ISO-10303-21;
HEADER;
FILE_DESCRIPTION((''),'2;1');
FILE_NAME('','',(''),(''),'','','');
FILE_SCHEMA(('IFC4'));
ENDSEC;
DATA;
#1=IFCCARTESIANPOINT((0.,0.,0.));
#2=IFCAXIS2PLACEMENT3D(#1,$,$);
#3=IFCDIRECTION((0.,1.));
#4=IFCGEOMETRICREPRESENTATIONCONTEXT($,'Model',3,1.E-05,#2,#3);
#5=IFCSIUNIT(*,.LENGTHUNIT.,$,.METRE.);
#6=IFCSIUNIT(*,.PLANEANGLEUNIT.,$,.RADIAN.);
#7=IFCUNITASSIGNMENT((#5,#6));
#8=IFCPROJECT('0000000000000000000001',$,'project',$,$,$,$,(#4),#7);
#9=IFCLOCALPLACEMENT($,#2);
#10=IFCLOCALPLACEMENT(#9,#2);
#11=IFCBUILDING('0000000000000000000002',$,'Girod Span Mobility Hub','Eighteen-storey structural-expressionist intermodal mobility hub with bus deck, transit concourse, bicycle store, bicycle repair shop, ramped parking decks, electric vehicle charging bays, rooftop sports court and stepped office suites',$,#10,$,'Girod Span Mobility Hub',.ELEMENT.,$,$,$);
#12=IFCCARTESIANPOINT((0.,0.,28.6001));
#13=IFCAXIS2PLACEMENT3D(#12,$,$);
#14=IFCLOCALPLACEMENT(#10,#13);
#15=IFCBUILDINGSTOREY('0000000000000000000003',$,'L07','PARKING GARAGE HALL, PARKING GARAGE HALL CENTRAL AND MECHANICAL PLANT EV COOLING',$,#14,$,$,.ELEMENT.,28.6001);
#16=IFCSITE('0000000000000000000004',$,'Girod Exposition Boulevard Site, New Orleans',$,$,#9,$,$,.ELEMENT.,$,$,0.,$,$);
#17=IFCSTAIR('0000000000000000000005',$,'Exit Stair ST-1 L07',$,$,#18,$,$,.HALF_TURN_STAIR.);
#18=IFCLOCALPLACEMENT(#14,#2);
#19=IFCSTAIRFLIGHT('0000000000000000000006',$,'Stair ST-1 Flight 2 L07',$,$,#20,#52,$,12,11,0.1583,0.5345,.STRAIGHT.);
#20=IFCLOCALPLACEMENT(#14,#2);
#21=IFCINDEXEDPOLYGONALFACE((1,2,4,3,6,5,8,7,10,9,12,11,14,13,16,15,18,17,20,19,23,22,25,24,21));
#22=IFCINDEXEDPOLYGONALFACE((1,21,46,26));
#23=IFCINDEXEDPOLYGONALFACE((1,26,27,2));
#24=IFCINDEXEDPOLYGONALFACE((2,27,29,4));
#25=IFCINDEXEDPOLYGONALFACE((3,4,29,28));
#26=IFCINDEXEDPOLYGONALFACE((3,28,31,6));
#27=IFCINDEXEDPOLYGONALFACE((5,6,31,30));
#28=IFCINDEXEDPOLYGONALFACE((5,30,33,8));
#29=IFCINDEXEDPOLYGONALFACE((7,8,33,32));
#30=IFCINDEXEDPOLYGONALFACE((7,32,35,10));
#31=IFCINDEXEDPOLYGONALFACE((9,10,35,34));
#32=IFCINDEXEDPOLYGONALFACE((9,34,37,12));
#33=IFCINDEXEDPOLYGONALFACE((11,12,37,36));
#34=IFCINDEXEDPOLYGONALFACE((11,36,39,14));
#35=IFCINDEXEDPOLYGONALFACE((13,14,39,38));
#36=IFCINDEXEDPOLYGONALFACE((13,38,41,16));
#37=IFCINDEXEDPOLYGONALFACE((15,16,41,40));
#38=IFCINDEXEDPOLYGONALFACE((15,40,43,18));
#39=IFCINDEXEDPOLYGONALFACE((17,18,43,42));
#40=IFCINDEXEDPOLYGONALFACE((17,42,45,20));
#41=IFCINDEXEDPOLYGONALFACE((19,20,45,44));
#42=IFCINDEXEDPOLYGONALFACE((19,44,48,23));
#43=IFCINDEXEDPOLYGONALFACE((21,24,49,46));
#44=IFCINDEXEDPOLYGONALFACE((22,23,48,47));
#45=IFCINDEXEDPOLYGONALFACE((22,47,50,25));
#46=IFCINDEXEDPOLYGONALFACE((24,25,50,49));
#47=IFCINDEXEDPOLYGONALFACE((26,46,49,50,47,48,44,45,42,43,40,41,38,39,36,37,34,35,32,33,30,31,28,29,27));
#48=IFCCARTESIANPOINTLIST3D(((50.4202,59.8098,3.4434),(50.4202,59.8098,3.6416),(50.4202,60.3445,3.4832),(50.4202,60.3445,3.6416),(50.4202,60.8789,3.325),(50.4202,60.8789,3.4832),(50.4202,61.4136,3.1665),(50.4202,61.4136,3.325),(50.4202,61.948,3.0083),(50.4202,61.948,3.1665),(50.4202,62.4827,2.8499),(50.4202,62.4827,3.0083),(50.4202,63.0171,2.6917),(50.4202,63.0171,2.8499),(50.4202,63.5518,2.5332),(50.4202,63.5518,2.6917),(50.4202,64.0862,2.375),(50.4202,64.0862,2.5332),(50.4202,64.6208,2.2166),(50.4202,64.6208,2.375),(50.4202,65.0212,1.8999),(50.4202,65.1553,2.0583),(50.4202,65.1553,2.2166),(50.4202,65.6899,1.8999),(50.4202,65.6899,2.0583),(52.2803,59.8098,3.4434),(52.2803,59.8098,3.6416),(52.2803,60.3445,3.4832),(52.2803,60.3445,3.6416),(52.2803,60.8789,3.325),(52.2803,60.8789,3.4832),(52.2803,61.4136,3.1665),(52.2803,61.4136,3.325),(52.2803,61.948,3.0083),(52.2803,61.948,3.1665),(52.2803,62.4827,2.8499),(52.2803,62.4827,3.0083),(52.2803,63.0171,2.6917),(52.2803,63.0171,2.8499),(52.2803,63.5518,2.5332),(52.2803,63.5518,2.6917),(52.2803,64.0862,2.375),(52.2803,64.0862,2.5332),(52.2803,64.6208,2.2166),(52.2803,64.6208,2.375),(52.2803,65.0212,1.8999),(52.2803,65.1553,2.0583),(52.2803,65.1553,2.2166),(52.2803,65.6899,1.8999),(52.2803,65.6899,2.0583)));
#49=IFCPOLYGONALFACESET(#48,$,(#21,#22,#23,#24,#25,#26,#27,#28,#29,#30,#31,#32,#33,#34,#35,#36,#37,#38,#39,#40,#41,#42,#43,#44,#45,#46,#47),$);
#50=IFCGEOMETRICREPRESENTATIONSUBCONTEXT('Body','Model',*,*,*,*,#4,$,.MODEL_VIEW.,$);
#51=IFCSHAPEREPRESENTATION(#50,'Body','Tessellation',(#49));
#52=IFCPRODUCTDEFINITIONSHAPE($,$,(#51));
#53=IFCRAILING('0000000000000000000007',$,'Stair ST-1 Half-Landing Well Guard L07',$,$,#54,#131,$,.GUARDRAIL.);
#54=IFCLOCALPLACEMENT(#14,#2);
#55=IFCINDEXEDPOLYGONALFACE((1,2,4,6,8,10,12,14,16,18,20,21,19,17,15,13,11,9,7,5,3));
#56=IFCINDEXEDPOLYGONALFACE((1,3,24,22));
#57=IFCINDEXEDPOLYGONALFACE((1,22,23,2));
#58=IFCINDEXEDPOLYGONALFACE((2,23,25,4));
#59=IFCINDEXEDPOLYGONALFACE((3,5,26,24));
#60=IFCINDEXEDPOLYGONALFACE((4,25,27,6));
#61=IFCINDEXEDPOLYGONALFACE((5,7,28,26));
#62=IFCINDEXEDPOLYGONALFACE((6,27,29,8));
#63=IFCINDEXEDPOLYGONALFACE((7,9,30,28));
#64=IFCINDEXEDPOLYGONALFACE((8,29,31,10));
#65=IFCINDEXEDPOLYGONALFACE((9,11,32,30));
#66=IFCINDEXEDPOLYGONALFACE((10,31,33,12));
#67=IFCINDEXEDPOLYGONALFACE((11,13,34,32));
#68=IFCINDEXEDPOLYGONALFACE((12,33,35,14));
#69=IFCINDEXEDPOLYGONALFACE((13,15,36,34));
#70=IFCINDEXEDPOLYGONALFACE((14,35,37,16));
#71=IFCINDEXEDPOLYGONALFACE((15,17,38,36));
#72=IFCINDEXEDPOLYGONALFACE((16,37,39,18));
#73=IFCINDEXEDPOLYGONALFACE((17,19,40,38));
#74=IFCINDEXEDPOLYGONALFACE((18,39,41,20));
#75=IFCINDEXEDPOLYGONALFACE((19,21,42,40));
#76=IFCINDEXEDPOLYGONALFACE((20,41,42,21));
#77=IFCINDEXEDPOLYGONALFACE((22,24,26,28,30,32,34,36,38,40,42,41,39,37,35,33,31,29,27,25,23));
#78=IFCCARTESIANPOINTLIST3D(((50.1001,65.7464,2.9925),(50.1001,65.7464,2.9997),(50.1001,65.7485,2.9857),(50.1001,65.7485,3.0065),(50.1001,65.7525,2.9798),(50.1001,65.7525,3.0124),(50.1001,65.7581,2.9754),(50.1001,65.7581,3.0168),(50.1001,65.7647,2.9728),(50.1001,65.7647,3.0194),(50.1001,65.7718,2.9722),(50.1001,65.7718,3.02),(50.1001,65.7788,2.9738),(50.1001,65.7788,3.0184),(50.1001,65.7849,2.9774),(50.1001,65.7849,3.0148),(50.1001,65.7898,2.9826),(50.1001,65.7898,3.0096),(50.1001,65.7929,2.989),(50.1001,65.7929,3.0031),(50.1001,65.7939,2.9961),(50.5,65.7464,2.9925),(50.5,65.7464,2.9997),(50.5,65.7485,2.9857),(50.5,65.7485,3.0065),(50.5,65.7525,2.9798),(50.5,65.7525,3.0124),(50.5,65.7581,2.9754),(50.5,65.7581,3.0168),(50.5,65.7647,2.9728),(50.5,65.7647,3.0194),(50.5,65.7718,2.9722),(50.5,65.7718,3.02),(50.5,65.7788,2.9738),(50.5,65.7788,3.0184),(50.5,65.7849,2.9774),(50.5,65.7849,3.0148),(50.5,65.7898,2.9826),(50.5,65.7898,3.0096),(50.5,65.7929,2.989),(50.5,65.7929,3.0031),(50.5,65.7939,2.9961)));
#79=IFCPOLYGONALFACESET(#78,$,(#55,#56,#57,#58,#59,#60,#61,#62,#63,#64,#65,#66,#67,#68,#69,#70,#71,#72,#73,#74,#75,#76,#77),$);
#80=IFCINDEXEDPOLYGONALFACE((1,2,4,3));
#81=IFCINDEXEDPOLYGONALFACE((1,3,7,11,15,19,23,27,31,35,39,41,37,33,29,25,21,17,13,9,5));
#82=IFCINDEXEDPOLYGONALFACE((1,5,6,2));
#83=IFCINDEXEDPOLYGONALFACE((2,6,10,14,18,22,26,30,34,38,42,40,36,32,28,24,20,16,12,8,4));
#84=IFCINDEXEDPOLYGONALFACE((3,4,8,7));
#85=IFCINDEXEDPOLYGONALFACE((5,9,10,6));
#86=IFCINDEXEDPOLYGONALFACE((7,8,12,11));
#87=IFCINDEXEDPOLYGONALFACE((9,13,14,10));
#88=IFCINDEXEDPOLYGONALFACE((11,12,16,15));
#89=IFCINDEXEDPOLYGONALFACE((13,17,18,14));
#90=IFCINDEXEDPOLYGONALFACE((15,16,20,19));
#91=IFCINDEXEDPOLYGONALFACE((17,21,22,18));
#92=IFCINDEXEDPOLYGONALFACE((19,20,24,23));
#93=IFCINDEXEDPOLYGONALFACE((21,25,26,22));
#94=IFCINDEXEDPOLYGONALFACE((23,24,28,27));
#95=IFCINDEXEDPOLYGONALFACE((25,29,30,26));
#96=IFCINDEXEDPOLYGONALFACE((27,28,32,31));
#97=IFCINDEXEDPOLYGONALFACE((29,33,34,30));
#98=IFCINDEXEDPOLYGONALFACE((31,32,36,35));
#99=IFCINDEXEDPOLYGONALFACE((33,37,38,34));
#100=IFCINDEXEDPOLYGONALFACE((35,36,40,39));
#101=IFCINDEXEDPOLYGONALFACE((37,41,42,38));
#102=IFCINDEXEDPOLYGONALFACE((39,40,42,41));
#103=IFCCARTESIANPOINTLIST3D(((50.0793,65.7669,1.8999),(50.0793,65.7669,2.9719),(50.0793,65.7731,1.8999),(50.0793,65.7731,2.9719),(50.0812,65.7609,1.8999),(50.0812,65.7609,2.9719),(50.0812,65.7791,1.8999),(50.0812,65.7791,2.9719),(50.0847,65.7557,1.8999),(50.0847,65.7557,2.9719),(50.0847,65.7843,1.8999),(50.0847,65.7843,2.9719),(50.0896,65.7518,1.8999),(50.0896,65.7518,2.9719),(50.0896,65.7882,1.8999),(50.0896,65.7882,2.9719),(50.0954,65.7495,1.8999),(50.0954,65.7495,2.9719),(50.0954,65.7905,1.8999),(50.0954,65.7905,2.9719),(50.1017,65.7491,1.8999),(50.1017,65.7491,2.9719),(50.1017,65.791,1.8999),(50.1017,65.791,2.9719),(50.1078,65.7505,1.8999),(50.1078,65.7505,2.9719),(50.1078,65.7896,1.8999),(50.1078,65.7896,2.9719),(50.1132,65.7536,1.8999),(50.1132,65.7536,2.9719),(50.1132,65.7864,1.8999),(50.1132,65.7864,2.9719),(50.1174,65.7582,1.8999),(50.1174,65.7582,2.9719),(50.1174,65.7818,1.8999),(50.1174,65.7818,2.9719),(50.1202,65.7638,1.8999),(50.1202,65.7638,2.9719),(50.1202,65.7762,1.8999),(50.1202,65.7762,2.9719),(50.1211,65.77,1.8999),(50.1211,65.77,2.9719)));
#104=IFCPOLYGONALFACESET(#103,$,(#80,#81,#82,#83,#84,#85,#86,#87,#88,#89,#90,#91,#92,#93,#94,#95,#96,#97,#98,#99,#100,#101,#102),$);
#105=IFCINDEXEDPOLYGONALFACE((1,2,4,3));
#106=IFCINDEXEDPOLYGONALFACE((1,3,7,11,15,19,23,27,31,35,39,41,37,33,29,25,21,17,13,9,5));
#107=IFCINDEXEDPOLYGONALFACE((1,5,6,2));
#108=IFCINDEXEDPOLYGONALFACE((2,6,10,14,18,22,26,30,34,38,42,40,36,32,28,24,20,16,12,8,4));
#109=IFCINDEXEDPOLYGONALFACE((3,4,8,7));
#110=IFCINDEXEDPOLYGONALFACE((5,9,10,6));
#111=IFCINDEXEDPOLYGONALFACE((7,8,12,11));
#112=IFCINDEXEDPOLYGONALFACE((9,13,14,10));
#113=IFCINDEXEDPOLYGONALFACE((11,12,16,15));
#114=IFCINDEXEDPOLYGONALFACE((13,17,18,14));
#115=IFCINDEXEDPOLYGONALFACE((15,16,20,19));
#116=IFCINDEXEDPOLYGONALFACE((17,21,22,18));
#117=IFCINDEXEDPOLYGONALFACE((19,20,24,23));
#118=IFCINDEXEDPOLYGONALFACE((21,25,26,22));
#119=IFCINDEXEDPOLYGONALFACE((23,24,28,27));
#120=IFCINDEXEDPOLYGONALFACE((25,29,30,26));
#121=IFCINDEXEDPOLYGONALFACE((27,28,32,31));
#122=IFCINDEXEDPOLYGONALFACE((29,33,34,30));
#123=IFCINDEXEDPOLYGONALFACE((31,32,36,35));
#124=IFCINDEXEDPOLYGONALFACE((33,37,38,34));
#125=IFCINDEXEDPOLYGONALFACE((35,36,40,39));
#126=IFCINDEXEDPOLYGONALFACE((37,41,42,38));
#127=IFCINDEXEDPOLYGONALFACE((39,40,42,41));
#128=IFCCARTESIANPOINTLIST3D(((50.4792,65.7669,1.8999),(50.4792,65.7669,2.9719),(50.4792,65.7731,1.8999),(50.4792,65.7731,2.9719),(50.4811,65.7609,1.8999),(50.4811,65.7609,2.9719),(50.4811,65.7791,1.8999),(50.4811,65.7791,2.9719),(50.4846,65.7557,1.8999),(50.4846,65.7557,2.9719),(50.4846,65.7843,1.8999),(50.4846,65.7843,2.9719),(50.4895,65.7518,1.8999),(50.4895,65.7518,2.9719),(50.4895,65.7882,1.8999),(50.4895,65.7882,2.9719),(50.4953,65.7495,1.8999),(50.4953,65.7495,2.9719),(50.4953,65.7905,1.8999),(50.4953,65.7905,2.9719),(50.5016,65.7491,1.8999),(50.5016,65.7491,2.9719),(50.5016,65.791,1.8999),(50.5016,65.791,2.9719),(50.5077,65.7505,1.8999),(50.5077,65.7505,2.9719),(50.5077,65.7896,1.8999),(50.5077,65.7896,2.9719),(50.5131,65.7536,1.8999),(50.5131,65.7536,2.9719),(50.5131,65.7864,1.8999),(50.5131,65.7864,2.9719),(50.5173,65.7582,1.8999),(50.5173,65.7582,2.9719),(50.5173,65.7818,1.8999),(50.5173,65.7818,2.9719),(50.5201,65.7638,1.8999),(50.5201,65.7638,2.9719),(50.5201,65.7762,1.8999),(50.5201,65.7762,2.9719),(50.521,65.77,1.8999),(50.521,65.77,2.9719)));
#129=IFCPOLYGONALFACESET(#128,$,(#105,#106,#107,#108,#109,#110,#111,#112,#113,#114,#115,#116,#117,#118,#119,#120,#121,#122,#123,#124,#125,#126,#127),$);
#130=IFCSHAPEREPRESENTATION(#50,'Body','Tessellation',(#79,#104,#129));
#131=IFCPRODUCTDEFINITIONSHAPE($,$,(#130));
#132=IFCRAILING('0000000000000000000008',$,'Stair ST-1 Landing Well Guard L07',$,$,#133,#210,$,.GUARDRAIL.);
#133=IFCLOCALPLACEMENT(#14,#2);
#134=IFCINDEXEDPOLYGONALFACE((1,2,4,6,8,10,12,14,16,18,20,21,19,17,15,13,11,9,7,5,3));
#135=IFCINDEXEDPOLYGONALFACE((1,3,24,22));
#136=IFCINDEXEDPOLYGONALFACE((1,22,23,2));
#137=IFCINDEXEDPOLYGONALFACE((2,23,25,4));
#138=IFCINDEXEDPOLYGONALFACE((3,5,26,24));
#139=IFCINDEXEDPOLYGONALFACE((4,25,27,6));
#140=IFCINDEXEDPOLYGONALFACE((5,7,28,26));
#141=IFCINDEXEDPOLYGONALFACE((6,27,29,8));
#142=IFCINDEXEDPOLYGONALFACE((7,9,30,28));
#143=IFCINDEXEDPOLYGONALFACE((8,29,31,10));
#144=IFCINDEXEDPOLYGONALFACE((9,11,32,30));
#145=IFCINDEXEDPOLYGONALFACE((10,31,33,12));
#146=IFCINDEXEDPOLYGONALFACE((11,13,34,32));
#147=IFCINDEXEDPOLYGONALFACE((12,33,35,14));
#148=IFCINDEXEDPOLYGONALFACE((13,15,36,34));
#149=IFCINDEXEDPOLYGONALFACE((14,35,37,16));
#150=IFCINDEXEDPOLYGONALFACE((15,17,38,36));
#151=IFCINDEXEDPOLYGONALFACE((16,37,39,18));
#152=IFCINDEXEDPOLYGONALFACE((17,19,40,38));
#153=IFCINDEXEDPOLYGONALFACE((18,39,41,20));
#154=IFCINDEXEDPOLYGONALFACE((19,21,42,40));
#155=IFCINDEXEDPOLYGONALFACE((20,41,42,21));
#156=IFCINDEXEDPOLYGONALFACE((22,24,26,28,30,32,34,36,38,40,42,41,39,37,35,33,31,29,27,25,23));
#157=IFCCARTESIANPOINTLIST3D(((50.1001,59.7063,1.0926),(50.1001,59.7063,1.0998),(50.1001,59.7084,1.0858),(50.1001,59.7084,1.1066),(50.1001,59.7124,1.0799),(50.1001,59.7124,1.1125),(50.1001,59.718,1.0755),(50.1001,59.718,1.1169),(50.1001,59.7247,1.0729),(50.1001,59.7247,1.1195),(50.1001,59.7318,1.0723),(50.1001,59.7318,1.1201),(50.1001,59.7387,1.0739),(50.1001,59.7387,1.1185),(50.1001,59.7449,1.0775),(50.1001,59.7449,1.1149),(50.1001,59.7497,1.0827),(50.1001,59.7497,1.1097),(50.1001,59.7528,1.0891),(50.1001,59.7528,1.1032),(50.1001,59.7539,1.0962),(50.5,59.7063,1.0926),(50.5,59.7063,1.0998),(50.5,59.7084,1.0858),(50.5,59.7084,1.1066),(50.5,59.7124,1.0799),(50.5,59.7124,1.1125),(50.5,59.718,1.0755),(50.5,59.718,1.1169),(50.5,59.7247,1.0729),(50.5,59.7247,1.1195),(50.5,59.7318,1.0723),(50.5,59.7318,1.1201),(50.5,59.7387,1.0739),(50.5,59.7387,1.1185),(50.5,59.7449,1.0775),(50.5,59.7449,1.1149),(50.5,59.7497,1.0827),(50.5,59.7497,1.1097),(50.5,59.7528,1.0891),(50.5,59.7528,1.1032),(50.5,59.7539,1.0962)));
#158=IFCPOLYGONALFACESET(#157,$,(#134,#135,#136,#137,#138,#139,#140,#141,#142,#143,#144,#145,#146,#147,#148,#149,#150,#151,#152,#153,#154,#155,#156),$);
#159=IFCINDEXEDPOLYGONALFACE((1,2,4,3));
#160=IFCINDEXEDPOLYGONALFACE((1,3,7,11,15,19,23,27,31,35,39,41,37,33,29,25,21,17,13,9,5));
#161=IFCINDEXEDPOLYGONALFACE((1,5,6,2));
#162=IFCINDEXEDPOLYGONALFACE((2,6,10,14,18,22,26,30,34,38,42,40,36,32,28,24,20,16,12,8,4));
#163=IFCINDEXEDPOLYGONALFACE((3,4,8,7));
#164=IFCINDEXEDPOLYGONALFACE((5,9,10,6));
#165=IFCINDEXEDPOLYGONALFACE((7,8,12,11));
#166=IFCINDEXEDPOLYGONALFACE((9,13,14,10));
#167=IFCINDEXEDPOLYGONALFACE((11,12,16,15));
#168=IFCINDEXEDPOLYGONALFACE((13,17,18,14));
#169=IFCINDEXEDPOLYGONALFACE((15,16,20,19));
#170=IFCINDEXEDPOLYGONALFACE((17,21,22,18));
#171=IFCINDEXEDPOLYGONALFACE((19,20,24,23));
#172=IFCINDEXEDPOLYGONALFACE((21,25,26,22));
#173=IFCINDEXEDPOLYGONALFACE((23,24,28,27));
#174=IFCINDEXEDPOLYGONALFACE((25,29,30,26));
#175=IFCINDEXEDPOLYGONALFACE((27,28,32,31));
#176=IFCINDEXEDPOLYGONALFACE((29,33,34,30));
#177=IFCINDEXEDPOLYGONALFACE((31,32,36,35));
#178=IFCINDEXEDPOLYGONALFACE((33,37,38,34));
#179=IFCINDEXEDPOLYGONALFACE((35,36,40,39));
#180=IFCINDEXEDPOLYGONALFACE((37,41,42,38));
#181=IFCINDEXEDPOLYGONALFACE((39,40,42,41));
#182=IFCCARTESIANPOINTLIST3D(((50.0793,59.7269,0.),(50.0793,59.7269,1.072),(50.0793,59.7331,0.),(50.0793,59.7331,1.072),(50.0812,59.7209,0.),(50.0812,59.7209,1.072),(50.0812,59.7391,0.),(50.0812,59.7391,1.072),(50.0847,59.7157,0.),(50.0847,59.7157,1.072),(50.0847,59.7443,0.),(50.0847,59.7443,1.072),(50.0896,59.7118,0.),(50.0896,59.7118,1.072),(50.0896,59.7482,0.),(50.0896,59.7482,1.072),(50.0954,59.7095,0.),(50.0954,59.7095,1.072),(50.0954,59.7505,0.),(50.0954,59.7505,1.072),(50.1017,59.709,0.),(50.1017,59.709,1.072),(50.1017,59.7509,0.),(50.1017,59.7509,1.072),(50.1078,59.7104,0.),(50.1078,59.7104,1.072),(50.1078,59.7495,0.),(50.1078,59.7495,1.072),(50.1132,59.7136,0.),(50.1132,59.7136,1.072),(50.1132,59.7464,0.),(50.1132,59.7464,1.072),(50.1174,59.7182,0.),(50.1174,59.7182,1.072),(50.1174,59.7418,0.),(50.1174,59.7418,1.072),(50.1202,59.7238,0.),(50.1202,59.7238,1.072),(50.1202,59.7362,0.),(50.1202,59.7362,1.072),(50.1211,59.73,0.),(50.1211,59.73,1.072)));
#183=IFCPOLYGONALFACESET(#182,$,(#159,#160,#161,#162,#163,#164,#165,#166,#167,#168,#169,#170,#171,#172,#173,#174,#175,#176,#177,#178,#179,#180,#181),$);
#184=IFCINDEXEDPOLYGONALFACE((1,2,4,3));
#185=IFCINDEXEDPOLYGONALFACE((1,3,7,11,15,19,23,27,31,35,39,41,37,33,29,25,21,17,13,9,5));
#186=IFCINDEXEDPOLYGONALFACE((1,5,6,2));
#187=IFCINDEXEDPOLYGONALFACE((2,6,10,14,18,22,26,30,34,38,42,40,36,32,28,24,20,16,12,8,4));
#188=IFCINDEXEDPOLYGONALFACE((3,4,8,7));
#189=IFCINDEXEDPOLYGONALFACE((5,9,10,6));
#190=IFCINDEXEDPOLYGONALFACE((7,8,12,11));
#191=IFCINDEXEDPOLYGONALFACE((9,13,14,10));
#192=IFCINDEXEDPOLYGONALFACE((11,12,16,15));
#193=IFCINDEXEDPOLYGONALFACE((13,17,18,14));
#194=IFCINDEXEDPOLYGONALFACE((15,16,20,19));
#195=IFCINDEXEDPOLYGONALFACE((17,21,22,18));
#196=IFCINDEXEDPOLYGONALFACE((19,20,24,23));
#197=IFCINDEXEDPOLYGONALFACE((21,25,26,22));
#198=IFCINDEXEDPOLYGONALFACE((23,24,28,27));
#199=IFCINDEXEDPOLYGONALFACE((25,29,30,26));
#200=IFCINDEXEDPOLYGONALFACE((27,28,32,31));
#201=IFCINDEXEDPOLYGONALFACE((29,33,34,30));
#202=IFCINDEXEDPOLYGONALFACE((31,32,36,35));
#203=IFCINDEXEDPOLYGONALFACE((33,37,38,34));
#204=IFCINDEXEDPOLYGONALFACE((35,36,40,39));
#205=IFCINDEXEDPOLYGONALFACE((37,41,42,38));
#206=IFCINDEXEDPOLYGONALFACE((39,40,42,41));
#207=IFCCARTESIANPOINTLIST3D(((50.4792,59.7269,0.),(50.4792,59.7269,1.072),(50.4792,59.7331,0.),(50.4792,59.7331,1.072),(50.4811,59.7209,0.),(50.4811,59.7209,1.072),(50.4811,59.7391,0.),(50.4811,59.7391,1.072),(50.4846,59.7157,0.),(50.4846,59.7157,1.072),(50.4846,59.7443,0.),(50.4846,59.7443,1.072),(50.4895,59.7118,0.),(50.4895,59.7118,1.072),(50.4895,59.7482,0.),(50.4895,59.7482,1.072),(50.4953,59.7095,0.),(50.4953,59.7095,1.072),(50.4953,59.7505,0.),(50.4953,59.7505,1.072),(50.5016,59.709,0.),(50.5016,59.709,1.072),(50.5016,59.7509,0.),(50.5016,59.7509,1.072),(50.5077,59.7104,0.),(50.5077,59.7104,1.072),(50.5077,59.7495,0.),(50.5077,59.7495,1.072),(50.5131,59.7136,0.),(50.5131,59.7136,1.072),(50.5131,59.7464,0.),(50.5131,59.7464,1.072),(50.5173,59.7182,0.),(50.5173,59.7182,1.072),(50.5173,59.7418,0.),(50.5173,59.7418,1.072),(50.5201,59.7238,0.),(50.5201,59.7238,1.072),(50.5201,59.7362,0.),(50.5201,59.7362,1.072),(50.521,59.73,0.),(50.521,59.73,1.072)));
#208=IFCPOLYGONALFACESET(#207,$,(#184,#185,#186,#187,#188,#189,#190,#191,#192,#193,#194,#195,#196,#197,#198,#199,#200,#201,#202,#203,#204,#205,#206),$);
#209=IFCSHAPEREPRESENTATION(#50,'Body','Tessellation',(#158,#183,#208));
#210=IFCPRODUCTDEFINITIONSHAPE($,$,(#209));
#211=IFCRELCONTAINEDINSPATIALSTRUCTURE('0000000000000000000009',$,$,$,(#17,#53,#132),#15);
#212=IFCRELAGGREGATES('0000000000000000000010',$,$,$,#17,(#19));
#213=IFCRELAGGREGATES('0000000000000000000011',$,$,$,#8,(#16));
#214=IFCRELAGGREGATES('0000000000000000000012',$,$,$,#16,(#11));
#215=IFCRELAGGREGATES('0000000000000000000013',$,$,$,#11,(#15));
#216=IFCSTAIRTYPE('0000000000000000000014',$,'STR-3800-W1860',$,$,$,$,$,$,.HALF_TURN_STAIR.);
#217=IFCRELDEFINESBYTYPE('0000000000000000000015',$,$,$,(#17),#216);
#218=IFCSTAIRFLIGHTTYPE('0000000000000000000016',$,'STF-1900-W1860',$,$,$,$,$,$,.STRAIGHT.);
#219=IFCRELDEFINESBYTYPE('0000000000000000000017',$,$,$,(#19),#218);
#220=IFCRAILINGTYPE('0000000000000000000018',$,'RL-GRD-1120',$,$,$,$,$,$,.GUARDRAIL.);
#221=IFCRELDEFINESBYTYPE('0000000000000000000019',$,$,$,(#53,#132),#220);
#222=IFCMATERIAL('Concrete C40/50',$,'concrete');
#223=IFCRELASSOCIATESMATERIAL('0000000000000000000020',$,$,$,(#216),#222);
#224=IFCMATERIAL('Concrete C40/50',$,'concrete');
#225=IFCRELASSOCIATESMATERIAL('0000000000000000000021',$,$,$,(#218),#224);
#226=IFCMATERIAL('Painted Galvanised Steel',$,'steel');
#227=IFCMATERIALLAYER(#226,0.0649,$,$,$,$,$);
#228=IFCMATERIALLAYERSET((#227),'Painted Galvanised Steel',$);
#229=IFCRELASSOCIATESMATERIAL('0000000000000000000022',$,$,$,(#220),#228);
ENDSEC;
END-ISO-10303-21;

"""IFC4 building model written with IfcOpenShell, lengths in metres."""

from ifc_helpers import new_model, si_unit, direction, frame, origin, origin_2d, place, context, subcontext, project, spatial, polyline, circle, outline, extrude, material, layer, layer_set, type_object, element, aggregate, save


model = new_model("IFC4")

# Units and contexts
model_context = context("Model", 3, precision=1e-05, world=origin(), true_north=direction((0.0, 1.0)))
body_context = subcontext(model_context, "Body", "Model", "MODEL_VIEW")
ifc_project = project(units=[si_unit("LENGTHUNIT", "METRE"), si_unit("PLANEANGLEUNIT", "RADIAN")], contexts=[model_context])

# Site, building, storey
site_placement = place(None, origin())
site = spatial("IfcSite", under=ifc_project, at=site_placement, Name="Girod Exposition Boulevard Site, New Orleans", CompositionType="ELEMENT", RefElevation=0.0)
building_placement = place(site_placement, origin())
building = spatial("IfcBuilding", under=site, at=building_placement, Name="Girod Span Mobility Hub", Description="Eighteen-storey structural-expressionist intermodal mobility hub with bus deck, transit concourse, bicycle store, bicycle repair shop, ramped parking decks, electric vehicle charging bays, rooftop sports court and stepped office suites", LongName="Girod Span Mobility Hub", CompositionType="ELEMENT")
storey_placement = place(building_placement, frame((0.0, 0.0, 28.6001)))
storey = spatial("IfcBuildingStorey", under=building, at=storey_placement, Name="L07", Description="PARKING GARAGE HALL, PARKING GARAGE HALL CENTRAL AND MECHANICAL PLANT EV COOLING", CompositionType="ELEMENT", Elevation=28.6001)

# Stair, stair flight
ifc_material_1 = material(Name="Concrete C40/50", Category="concrete")
stair_type = type_object("IfcStairType", Name="STR-3800-W1860", PredefinedType="HALF_TURN_STAIR", material=ifc_material_1)
stair_placement = place(storey_placement, origin())
stair = element("IfcStair", 1, at=stair_placement, inside=storey, type_object=stair_type, Name="Exit Stair ST-1 L07", PredefinedType="HALF_TURN_STAIR")
ifc_material_2 = material(Name="Concrete C40/50", Category="concrete")
stair_flight_type = type_object("IfcStairFlightType", Name="STF-1900-W1860", PredefinedType="STRAIGHT", material=ifc_material_2)
stair_flight_1_placement = place(storey_placement, frame((51.3501, 65.6899, 1.8999), z_axis=(0.0, 0.0, 1.0), x_axis=(0.0, -1.0, 0.0)))
stair_flight_1 = element("IfcStairFlight", 2, at=stair_flight_1_placement, type_object=stair_flight_type, Name="Stair ST-1 Flight 2 L07", NumberOfRisers=12, NumberOfTreads=11, PredefinedType="STRAIGHT", RiserHeight=0.1583, TreadLength=0.5345, context=body_context, shape_type="SweptSolid", body=[
    extrude(outline(polyline([(0.0, 0.0), (0.0, 0.1584), (0.5347, 0.1584), (0.5347, 0.3167), (1.0691, 0.3167), (1.0691, 0.4751), (1.6038, 0.4751), (1.6038, 0.6333), (2.1382, 0.6333), (2.1382, 0.7917), (2.6729, 0.7917), (2.6729, 0.95), (3.2073, 0.95), (3.2073, 1.1084), (3.7419, 1.1084), (3.7419, 1.2666), (4.2764, 1.2666), (4.2764, 1.425), (4.811, 1.425), (4.811, 1.5833), (5.3455, 1.5833), (5.3455, 1.7417), (5.8801, 1.7417), (5.8801, 1.8999), (5.8801, 1.5435), (0.6687, 0.0), (0.0, 0.0)])), frame((0.0, 0.9302, 0.0), z_axis=(0.0, -1.0, 0.0), x_axis=(1.0, 0.0, 0.0)), (0.0, 0.0, 1.0), 1.8601),
])
aggregate(stair, [stair_flight_1])

# Railings
ifc_material_3 = material(Name="Painted Galvanised Steel", Category="steel")
ifc_layer_1 = layer(ifc_material_3, 0.0649)
ifc_layer_set_1 = layer_set([ifc_layer_1], Name="Painted Galvanised Steel")
railing_type_1 = type_object("IfcRailingType", Name="RL-GRD-1120", PredefinedType="GUARDRAIL", material=ifc_layer_set_1)
for number, where, name in (
    (3, (50.1001, 65.77, 1.8999), "Stair ST-1 Half-Landing Well Guard L07"),
    (4, (50.1001, 59.73, 0.0), "Stair ST-1 Landing Well Guard L07"),
):
    element("IfcRailing", number, at=place(storey_placement, frame(where)), inside=storey, type_object=railing_type_1, Name=name, PredefinedType="GUARDRAIL", context=body_context, shape_type="SweptSolid", body=[
        extrude(circle(Radius=0.0239, at=origin_2d()), frame((0.0, 0.0, 1.0962), z_axis=(1.0, 0.0, 0.0), x_axis=(0.0, 1.0, 0.0)), (0.0, 0.0, 1.0), 0.3999),
        extrude(circle(Radius=0.021, at=origin_2d()), origin(), (0.0, 0.0, 1.0), 1.072),
        extrude(circle(Radius=0.021, at=origin_2d()), frame((0.3999, 0.0, 0.0)), (0.0, 0.0, 1.0), 1.072),
    ])

save(model, "model.ifc")
